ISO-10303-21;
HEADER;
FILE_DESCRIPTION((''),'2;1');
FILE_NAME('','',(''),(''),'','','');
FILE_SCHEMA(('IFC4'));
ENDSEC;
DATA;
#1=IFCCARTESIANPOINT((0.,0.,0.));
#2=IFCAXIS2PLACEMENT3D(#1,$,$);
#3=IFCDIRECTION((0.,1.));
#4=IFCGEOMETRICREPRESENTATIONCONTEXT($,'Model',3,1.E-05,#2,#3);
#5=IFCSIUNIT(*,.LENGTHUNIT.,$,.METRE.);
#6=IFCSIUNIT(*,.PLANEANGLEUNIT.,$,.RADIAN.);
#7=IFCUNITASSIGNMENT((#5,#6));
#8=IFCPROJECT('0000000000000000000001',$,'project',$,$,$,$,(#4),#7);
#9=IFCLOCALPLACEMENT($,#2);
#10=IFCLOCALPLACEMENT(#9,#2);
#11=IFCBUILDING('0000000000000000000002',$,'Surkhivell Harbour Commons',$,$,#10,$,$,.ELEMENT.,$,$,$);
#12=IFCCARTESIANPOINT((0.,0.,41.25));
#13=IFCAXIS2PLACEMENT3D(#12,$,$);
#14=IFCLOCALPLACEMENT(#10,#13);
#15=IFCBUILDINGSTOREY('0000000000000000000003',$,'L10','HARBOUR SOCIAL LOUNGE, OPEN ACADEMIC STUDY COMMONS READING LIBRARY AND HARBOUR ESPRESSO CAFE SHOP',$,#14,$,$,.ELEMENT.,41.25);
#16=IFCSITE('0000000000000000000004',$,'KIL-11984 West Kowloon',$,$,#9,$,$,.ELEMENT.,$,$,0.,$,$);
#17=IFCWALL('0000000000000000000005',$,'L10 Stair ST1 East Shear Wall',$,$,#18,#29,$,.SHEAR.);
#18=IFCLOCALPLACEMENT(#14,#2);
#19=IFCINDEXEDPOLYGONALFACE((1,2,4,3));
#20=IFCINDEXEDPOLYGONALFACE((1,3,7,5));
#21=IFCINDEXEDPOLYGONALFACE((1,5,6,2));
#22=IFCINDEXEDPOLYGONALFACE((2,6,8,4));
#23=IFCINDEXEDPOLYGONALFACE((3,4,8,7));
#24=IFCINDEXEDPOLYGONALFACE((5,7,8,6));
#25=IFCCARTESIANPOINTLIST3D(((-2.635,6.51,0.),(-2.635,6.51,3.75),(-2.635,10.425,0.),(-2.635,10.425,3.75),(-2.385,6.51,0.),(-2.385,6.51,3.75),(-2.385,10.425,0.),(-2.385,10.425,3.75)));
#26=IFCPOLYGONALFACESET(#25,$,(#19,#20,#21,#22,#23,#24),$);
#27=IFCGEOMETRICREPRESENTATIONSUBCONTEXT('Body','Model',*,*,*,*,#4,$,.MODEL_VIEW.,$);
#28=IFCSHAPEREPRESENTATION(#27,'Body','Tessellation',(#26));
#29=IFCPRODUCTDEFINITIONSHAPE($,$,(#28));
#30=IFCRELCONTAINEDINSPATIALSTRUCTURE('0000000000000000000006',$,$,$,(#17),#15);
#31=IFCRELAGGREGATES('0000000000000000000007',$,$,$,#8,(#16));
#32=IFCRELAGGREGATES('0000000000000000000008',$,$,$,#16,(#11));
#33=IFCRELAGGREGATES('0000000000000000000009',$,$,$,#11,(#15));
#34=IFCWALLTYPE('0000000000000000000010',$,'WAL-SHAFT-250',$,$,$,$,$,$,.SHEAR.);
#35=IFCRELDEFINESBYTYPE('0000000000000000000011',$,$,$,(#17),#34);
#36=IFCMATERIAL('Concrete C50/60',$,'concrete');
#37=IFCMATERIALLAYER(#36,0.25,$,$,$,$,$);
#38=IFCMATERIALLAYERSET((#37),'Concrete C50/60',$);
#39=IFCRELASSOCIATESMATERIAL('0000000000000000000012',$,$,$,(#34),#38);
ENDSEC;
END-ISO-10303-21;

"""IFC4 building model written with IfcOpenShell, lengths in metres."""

from ifc_helpers import new_model, si_unit, direction, frame, frame_2d, origin, place, context, subcontext, project, spatial, rectangle, extrude, material, layer, layer_set, type_object, element, save


model = new_model("IFC4")

# Units and contexts
model_context = context("Model", 3, precision=1e-05, world=origin(), true_north=direction((0.0, 1.0)))
body_context = subcontext(model_context, "Body", "Model", "MODEL_VIEW")
ifc_project = project(units=[si_unit("LENGTHUNIT", "METRE"), si_unit("PLANEANGLEUNIT", "RADIAN")], contexts=[model_context])

# Site, building, storey
site_placement = place(None, origin())
site = spatial("IfcSite", under=ifc_project, at=site_placement, Name="KIL-11984 West Kowloon", CompositionType="ELEMENT", RefElevation=0.0)
building_placement = place(site_placement, origin())
building = spatial("IfcBuilding", under=site, at=building_placement, Name="Surkhivell Harbour Commons", CompositionType="ELEMENT")
storey_placement = place(building_placement, frame((0.0, 0.0, 41.25)))
storey = spatial("IfcBuildingStorey", under=building, at=storey_placement, Name="L10", Description="HARBOUR SOCIAL LOUNGE, OPEN ACADEMIC STUDY COMMONS READING LIBRARY AND HARBOUR ESPRESSO CAFE SHOP", CompositionType="ELEMENT", Elevation=41.25)

# Shared definitions
ifc_material_1 = material(Name="Concrete C50/60", Category="concrete")
ifc_layer_1 = layer(ifc_material_1, 0.25)
ifc_layer_set_1 = layer_set([ifc_layer_1], Name="Concrete C50/60")
wall_type_1 = type_object("IfcWallType", Name="WAL-SHAFT-250", PredefinedType="SHEAR", material=ifc_layer_set_1)

# Wall
wall_1_placement = place(storey_placement, frame((-2.51, 6.51, 0.0), z_axis=(0.0, 0.0, 1.0), x_axis=(0.0, 1.0, 0.0)))
element("IfcWall", 1, at=wall_1_placement, inside=storey, type_object=wall_type_1, Name="L10 Stair ST1 East Shear Wall", PredefinedType="SHEAR", context=body_context, shape_type="SweptSolid", body=[
    extrude(rectangle(XDim=3.915, YDim=0.25, at=frame_2d((1.9575, 0.0))), origin(), (0.0, 0.0, 1.0), 3.75),
])

save(model, "model.ifc")
